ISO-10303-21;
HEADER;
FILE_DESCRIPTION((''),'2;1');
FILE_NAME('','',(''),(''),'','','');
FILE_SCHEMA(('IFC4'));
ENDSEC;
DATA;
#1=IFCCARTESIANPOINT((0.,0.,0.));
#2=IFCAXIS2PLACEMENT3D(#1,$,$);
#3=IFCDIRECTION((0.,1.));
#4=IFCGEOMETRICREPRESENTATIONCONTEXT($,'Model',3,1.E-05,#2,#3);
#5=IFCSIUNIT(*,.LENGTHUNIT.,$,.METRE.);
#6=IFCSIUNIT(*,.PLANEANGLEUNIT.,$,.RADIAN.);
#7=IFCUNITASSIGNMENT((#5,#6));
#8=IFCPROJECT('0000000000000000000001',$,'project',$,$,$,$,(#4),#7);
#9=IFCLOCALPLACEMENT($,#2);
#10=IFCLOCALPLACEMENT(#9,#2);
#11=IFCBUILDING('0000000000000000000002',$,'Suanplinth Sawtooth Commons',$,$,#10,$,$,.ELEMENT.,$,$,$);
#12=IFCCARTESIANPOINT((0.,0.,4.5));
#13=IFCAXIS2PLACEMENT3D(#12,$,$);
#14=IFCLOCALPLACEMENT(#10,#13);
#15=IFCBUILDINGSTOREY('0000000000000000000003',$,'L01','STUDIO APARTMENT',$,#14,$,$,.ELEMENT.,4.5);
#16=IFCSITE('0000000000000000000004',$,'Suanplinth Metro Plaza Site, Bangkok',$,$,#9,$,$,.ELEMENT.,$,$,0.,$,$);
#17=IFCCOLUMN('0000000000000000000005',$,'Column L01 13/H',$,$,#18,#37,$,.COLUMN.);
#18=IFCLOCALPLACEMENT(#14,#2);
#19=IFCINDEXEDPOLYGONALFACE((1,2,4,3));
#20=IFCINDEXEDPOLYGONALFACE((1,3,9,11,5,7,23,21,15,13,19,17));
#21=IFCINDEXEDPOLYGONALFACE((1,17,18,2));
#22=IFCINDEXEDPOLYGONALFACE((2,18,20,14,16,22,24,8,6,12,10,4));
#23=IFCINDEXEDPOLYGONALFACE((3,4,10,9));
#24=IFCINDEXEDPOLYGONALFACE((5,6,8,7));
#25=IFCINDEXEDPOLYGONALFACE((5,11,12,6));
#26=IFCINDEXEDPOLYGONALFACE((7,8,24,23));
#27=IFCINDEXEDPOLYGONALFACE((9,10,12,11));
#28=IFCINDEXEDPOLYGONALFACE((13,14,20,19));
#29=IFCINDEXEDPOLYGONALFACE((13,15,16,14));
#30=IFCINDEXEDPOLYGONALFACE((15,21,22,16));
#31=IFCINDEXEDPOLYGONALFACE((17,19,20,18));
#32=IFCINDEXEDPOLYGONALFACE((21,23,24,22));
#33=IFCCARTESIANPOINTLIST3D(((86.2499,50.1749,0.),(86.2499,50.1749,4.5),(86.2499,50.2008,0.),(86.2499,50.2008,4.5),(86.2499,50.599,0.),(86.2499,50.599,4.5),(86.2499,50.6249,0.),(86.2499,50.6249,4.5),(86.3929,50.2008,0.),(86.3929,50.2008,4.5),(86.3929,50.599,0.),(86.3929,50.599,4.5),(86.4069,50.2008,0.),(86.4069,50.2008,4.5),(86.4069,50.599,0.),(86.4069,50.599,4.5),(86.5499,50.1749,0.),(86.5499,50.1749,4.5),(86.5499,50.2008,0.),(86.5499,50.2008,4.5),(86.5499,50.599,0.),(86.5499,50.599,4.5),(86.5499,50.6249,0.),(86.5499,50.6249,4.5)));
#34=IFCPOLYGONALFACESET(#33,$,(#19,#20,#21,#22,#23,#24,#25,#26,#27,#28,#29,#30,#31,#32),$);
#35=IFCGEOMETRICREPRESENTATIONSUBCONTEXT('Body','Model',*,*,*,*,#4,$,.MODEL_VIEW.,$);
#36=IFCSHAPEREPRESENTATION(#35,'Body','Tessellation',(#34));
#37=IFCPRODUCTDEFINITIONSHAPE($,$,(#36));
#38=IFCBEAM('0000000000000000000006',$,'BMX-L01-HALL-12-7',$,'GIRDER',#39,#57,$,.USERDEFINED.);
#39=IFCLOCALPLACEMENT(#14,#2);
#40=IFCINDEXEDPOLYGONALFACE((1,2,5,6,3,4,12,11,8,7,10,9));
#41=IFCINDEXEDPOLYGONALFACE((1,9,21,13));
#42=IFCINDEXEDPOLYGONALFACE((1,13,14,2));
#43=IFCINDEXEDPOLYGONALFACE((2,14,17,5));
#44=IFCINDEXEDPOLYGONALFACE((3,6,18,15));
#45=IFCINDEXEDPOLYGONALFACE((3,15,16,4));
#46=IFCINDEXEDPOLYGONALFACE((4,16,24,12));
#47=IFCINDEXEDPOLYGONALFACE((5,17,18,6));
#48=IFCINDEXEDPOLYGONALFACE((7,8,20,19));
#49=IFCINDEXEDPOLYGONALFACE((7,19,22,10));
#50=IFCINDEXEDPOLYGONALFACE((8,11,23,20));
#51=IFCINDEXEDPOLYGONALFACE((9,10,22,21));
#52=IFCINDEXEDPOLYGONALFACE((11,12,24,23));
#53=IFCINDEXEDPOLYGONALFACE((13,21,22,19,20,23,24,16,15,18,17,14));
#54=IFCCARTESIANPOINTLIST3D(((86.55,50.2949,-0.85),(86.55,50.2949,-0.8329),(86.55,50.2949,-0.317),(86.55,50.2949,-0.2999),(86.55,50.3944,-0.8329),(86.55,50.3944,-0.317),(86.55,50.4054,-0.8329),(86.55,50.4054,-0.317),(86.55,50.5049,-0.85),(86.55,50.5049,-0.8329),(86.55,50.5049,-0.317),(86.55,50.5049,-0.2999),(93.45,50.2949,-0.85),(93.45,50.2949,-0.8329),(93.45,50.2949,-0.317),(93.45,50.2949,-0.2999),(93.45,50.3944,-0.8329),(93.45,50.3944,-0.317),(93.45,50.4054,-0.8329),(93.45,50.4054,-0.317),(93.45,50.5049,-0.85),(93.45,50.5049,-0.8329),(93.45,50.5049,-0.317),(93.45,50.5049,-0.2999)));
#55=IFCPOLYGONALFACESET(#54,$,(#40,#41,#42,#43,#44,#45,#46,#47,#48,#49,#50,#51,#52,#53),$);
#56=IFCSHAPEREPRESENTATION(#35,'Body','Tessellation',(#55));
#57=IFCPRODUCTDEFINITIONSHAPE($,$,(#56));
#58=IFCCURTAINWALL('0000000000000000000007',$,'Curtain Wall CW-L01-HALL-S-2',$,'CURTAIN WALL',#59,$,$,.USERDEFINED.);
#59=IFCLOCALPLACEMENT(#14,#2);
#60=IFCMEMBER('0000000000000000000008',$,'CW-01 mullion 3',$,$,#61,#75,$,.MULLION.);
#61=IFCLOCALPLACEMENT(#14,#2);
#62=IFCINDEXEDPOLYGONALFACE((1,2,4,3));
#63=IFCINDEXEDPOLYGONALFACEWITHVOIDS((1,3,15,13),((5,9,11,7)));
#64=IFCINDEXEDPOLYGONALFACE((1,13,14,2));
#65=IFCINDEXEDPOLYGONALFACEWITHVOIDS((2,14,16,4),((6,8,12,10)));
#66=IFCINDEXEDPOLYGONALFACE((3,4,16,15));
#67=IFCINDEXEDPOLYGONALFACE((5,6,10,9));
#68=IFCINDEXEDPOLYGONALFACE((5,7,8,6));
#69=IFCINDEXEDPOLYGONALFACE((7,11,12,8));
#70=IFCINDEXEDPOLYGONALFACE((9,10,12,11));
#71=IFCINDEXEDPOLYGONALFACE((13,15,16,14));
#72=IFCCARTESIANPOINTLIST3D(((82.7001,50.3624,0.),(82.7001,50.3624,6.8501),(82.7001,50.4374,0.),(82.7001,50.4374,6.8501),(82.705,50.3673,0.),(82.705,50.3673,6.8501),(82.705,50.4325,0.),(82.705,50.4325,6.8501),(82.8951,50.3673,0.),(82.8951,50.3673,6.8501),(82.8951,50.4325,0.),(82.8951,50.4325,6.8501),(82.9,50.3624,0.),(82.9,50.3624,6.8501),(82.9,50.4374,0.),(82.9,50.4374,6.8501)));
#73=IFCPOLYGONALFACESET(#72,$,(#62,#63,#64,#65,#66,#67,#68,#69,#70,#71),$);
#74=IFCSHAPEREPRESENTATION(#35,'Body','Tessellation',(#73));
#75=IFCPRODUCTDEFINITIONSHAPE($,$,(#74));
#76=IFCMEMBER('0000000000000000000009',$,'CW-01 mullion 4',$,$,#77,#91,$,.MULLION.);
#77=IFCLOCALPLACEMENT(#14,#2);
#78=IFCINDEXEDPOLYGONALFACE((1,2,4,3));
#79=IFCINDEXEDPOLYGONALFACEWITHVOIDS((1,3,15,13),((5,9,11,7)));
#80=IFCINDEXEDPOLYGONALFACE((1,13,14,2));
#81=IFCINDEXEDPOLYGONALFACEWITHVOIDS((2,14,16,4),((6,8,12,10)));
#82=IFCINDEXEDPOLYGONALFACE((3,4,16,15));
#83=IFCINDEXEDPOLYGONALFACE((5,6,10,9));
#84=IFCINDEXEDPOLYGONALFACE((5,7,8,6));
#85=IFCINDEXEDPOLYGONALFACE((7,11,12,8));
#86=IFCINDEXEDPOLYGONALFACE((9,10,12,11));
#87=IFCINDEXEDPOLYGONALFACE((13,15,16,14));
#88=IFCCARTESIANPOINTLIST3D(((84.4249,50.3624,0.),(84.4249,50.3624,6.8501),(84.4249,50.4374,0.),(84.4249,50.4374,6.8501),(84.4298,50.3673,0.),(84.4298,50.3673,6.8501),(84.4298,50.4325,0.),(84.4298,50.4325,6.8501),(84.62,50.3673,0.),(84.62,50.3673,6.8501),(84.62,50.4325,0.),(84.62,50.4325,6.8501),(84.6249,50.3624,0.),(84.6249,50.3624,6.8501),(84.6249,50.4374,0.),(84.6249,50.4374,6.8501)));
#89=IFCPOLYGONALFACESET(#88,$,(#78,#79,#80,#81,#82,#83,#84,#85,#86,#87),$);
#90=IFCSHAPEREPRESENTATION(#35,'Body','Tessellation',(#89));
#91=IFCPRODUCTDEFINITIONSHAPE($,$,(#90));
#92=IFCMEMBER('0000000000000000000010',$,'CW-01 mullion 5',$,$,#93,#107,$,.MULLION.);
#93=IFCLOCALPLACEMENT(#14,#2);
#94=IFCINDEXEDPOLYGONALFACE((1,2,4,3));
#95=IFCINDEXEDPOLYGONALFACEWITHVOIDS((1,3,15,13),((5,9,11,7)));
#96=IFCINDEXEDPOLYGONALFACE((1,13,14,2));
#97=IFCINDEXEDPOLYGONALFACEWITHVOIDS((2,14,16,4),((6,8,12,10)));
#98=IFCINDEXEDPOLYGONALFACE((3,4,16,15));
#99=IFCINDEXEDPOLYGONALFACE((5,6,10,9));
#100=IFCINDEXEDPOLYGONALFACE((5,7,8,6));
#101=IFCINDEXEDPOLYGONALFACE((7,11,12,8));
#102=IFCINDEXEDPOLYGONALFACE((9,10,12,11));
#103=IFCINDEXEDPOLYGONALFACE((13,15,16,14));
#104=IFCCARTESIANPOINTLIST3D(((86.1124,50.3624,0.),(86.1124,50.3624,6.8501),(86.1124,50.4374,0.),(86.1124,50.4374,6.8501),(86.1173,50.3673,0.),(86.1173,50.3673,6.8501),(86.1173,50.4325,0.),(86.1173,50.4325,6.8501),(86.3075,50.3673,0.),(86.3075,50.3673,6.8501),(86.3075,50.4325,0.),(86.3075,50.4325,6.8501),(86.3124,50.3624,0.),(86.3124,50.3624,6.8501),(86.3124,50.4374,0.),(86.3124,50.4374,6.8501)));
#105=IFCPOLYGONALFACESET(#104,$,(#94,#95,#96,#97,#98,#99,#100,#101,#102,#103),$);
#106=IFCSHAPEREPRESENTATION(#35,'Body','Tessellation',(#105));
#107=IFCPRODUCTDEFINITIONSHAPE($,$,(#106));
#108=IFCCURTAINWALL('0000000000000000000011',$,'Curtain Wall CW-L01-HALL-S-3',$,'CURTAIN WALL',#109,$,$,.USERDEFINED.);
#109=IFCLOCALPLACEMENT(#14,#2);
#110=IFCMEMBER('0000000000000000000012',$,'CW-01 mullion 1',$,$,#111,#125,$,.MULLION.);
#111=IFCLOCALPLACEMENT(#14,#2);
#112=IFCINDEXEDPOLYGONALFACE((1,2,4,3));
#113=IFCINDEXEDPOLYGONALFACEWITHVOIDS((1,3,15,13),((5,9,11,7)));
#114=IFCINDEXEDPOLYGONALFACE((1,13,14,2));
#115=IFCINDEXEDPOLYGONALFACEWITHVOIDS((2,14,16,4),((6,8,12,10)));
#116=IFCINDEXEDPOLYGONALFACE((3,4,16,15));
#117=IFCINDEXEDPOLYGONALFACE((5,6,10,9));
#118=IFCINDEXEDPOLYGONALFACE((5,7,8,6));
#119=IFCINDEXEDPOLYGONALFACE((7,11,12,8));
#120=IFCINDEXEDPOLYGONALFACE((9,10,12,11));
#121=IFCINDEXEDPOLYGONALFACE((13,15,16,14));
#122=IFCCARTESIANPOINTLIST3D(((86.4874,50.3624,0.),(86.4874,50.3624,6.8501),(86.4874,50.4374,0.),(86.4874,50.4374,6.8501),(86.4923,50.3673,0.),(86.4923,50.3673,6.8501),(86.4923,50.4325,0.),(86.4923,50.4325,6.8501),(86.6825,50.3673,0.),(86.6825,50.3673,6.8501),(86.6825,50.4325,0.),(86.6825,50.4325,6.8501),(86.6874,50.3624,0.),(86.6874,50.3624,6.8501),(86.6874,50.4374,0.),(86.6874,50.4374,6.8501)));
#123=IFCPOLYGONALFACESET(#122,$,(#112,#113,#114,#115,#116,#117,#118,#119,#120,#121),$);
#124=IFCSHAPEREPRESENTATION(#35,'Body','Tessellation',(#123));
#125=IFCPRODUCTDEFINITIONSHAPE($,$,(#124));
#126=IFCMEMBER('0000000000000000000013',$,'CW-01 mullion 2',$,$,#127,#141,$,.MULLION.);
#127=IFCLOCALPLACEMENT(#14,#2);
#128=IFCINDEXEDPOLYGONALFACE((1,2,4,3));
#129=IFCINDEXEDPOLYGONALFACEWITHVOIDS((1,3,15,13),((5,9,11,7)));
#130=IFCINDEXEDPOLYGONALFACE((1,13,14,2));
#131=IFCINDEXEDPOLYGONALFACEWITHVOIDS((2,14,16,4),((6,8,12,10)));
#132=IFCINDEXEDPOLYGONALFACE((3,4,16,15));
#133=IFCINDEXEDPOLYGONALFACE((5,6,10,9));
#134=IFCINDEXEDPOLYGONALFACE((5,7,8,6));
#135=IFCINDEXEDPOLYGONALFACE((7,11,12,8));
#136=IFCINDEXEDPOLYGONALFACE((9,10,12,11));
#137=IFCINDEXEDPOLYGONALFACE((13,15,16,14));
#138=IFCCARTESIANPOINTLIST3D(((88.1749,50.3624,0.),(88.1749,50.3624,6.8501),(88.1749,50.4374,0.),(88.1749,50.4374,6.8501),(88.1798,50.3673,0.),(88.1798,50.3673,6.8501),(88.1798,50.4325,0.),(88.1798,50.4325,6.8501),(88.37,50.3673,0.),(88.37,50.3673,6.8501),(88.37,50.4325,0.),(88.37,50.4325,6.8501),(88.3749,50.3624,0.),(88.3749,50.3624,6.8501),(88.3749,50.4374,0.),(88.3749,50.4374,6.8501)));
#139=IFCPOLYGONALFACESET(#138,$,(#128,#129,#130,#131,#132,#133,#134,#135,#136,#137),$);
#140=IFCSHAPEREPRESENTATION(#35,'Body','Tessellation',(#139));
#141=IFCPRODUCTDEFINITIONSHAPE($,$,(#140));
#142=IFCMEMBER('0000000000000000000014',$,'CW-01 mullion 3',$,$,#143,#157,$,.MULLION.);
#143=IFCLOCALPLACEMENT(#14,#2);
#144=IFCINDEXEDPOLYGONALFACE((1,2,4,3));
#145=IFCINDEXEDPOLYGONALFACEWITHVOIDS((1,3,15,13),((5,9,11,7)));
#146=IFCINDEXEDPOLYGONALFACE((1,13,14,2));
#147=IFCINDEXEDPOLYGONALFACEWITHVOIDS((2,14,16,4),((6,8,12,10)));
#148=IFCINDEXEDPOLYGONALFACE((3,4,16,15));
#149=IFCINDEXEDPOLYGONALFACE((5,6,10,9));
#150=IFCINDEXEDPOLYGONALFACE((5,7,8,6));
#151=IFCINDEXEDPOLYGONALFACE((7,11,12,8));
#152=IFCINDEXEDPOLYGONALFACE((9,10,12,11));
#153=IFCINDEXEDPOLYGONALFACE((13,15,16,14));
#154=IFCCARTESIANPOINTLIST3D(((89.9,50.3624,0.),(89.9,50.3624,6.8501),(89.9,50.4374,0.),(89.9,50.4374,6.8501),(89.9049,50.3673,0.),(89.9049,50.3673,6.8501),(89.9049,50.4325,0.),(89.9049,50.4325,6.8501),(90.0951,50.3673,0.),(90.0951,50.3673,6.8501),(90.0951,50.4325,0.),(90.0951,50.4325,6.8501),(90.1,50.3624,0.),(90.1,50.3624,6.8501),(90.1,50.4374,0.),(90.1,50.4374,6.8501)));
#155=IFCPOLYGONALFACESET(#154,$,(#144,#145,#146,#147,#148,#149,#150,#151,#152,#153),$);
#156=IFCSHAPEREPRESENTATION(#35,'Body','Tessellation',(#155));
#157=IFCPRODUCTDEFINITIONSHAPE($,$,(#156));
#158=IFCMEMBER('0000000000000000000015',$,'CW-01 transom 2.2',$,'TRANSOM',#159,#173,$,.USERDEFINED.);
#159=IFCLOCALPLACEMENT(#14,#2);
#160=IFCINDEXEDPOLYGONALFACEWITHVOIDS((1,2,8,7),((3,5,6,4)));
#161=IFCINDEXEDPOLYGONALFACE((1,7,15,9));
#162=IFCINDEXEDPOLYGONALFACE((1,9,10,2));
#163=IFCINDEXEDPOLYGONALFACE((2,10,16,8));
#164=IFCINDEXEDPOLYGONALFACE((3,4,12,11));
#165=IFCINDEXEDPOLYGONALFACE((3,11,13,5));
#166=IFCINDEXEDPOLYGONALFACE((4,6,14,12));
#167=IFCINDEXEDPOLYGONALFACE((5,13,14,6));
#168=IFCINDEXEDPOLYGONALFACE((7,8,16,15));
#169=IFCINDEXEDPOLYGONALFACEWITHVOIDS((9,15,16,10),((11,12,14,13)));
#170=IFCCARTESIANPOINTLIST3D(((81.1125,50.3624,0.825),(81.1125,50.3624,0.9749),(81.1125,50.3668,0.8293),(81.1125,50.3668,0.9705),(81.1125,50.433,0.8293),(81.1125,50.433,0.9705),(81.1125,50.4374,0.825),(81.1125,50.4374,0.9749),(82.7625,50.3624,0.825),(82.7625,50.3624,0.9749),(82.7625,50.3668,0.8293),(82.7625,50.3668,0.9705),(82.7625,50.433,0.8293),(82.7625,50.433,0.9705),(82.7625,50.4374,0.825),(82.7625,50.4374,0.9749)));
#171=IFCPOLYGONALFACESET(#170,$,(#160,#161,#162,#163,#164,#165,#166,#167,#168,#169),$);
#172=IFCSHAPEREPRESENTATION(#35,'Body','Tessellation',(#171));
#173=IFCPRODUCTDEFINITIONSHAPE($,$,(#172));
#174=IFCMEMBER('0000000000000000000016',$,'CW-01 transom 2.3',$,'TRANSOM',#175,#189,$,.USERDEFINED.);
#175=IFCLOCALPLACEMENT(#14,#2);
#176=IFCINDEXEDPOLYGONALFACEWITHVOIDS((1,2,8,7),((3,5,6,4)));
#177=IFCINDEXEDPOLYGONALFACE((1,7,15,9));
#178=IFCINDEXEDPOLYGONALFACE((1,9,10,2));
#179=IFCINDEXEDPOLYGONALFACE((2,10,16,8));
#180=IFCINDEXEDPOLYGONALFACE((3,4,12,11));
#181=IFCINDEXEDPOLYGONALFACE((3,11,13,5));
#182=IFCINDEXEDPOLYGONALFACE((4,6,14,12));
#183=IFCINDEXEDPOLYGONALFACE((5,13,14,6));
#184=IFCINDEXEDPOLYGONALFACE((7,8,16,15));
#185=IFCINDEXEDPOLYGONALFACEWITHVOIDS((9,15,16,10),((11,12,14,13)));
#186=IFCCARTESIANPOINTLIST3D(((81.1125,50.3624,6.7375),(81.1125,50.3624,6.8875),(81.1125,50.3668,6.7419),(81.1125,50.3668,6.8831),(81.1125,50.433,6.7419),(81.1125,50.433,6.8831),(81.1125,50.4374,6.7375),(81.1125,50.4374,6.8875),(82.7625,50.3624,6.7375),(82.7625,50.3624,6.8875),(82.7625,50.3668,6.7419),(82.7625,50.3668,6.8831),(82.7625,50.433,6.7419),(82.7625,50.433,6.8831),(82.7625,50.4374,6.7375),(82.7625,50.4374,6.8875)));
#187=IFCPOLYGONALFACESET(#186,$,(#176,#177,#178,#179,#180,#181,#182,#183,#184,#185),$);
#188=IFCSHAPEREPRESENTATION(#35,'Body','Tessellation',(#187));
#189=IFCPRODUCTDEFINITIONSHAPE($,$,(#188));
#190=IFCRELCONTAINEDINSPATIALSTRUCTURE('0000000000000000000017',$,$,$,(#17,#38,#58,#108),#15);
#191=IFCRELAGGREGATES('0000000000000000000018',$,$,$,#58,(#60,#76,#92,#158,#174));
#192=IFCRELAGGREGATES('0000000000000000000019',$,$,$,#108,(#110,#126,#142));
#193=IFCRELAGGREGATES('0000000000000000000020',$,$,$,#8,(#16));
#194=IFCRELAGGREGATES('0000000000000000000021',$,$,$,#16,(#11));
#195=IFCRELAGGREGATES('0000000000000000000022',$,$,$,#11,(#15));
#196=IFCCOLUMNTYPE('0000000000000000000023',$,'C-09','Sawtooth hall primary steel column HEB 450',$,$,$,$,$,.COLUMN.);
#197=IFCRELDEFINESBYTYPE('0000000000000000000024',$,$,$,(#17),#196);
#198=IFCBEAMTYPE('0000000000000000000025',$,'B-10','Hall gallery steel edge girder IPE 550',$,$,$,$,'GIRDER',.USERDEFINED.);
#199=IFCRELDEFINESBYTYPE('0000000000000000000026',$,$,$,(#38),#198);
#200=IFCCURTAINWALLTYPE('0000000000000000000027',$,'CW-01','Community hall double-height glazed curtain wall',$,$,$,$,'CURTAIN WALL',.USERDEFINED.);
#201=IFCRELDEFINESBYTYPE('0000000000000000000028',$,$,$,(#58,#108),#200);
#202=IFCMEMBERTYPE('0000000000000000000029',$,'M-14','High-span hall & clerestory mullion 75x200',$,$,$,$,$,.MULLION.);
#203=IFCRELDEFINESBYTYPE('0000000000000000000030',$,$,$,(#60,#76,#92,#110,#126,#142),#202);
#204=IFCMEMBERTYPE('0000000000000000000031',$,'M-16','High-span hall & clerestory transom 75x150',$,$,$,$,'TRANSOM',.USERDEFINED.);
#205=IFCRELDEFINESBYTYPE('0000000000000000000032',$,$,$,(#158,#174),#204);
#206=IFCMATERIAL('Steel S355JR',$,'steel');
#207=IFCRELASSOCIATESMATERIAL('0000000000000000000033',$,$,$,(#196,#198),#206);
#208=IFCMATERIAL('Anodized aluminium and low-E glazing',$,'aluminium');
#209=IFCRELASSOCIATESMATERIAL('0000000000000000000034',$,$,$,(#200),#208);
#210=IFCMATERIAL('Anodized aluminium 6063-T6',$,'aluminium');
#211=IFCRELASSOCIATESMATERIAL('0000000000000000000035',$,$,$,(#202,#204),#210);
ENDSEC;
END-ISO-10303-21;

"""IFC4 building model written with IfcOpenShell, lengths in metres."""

from ifc_helpers import new_model, si_unit, direction, frame, origin, origin_2d, place, context, subcontext, project, spatial, hollow_rectangle, i_section, extrude, material, material_profile, profile_set, type_object, element, aggregate, save


model = new_model("IFC4")

# Units and contexts
model_context = context("Model", 3, precision=1e-05, world=origin(), true_north=direction((0.0, 1.0)))
body_context = subcontext(model_context, "Body", "Model", "MODEL_VIEW")
ifc_project = project(units=[si_unit("LENGTHUNIT", "METRE"), si_unit("PLANEANGLEUNIT", "RADIAN")], contexts=[model_context])

# Site, building, storey
site_placement = place(None, origin())
site = spatial("IfcSite", under=ifc_project, at=site_placement, Name="Suanplinth Metro Plaza Site, Bangkok", CompositionType="ELEMENT", RefElevation=0.0)
building_placement = place(site_placement, origin())
building = spatial("IfcBuilding", under=site, at=building_placement, Name="Suanplinth Sawtooth Commons", CompositionType="ELEMENT")
storey_placement = place(building_placement, frame((0.0, 0.0, 4.5)))
storey = spatial("IfcBuildingStorey", under=building, at=storey_placement, Name="L01", Description="STUDIO APARTMENT", CompositionType="ELEMENT", Elevation=4.5)

# Column
ifc_material_1 = material(Name="Steel S355JR", Category="steel")
ifc_material_profile_1 = material_profile(ifc_material_1, i_section(OverallWidth=0.3, OverallDepth=0.45, WebThickness=0.0139, FlangeThickness=0.0259, at=origin_2d()), Name="HEB 450")
ifc_profile_set_1 = profile_set([ifc_material_profile_1], Name="Steel S355JR")
column_type = type_object("IfcColumnType", Name="C-09", Description="Sawtooth hall primary steel column HEB 450", PredefinedType="COLUMN", material=ifc_profile_set_1)
column_placement = place(storey_placement, frame((86.3999, 50.3999, 0.0), z_axis=(0.0, 0.0, 1.0), x_axis=(1.0, 0.0, 0.0)))
element("IfcColumn", 1, at=column_placement, inside=storey, type_object=column_type, Name="Column L01 13/H", PredefinedType="COLUMN", context=body_context, shape_type="SweptSolid", body=[
    extrude(i_section(OverallWidth=0.3, OverallDepth=0.45, WebThickness=0.0139, FlangeThickness=0.0259, at=origin_2d()), origin(), (0.0, 0.0, 1.0), 4.5),
])

# Beam
ifc_material_profile_2 = material_profile(ifc_material_1, i_section(OverallWidth=0.21, OverallDepth=0.55, WebThickness=0.011, FlangeThickness=0.0171, at=origin_2d()), Name="IPE 550")
ifc_profile_set_2 = profile_set([ifc_material_profile_2], Name="Steel S355JR")
beam_type = type_object("IfcBeamType", Name="B-10", Description="Hall gallery steel edge girder IPE 550", ElementType="GIRDER", PredefinedType="USERDEFINED", material=ifc_profile_set_2)
beam_placement = place(storey_placement, frame((86.55, 50.3999, -0.575), z_axis=(1.0, 0.0, 0.0), x_axis=(0.0, 1.0, 0.0)))
element("IfcBeam", 2, at=beam_placement, inside=storey, type_object=beam_type, Name="BMX-L01-HALL-12-7", ObjectType="GIRDER", PredefinedType="USERDEFINED", context=body_context, shape_type="SweptSolid", body=[
    extrude(i_section(OverallWidth=0.21, OverallDepth=0.55, WebThickness=0.011, FlangeThickness=0.0171, at=origin_2d()), origin(), (0.0, 0.0, 1.0), 6.8999),
])

# Curtain walls, members
ifc_material_2 = material(Name="Anodized aluminium and low-E glazing", Category="aluminium")
curtain_wall_type = type_object("IfcCurtainWallType", Name="CW-01", Description="Community hall double-height glazed curtain wall", ElementType="CURTAIN WALL", PredefinedType="USERDEFINED", material=ifc_material_2)
curtain_wall_1_placement = place(storey_placement, origin())
curtain_wall_1 = element("IfcCurtainWall", 3, at=curtain_wall_1_placement, inside=storey, type_object=curtain_wall_type, Name="Curtain Wall CW-L01-HALL-S-2", ObjectType="CURTAIN WALL", PredefinedType="USERDEFINED")
ifc_material_3 = material(Name="Anodized aluminium 6063-T6", Category="aluminium")
ifc_material_profile_3 = material_profile(ifc_material_3, hollow_rectangle(XDim=0.075, YDim=0.2, WallThickness=0.0049, at=origin_2d()), Name="ALU-MUL 75x200")
ifc_profile_set_3 = profile_set([ifc_material_profile_3], Name="Anodized aluminium 6063-T6")
member_type_1 = type_object("IfcMemberType", Name="M-14", Description="High-span hall & clerestory mullion 75x200", PredefinedType="MULLION", material=ifc_profile_set_3)
member_1_placement = place(storey_placement, frame((82.8, 50.3999, 0.0), z_axis=(0.0, 0.0, 1.0), x_axis=(0.0, 1.0, 0.0)))
member_1 = element("IfcMember", 4, at=member_1_placement, type_object=member_type_1, Name="CW-01 mullion 3", PredefinedType="MULLION", context=body_context, shape_type="SweptSolid", body=[
    extrude(hollow_rectangle(XDim=0.075, YDim=0.2, WallThickness=0.0049, at=origin_2d()), origin(), (0.0, 0.0, 1.0), 6.8501),
])
member_2_placement = place(storey_placement, frame((84.5249, 50.3999, 0.0), z_axis=(0.0, 0.0, 1.0), x_axis=(0.0, 1.0, 0.0)))
member_2 = element("IfcMember", 5, at=member_2_placement, type_object=member_type_1, Name="CW-01 mullion 4", PredefinedType="MULLION", context=body_context, shape_type="SweptSolid", body=[
    extrude(hollow_rectangle(XDim=0.075, YDim=0.2, WallThickness=0.0049, at=origin_2d()), origin(), (0.0, 0.0, 1.0), 6.8501),
])
member_3_placement = place(storey_placement, frame((86.2124, 50.3999, 0.0), z_axis=(0.0, 0.0, 1.0), x_axis=(0.0, 1.0, 0.0)))
member_3 = element("IfcMember", 6, at=member_3_placement, type_object=member_type_1, Name="CW-01 mullion 5", PredefinedType="MULLION", context=body_context, shape_type="SweptSolid", body=[
    extrude(hollow_rectangle(XDim=0.075, YDim=0.2, WallThickness=0.0049, at=origin_2d()), origin(), (0.0, 0.0, 1.0), 6.8501),
])
curtain_wall_2_placement = place(storey_placement, origin())
curtain_wall_2 = element("IfcCurtainWall", 7, at=curtain_wall_2_placement, inside=storey, type_object=curtain_wall_type, Name="Curtain Wall CW-L01-HALL-S-3", ObjectType="CURTAIN WALL", PredefinedType="USERDEFINED")
member_4_placement = place(storey_placement, frame((86.5874, 50.3999, 0.0), z_axis=(0.0, 0.0, 1.0), x_axis=(0.0, 1.0, 0.0)))
member_4 = element("IfcMember", 8, at=member_4_placement, type_object=member_type_1, Name="CW-01 mullion 1", PredefinedType="MULLION", context=body_context, shape_type="SweptSolid", body=[
    extrude(hollow_rectangle(XDim=0.075, YDim=0.2, WallThickness=0.0049, at=origin_2d()), origin(), (0.0, 0.0, 1.0), 6.8501),
])
member_5_placement = place(storey_placement, frame((88.2749, 50.3999, 0.0), z_axis=(0.0, 0.0, 1.0), x_axis=(0.0, 1.0, 0.0)))
member_5 = element("IfcMember", 9, at=member_5_placement, type_object=member_type_1, Name="CW-01 mullion 2", PredefinedType="MULLION", context=body_context, shape_type="SweptSolid", body=[
    extrude(hollow_rectangle(XDim=0.075, YDim=0.2, WallThickness=0.0049, at=origin_2d()), origin(), (0.0, 0.0, 1.0), 6.8501),
])
member_6_placement = place(storey_placement, frame((90.0, 50.3999, 0.0), z_axis=(0.0, 0.0, 1.0), x_axis=(0.0, 1.0, 0.0)))
member_6 = element("IfcMember", 10, at=member_6_placement, type_object=member_type_1, Name="CW-01 mullion 3", PredefinedType="MULLION", context=body_context, shape_type="SweptSolid", body=[
    extrude(hollow_rectangle(XDim=0.075, YDim=0.2, WallThickness=0.0049, at=origin_2d()), origin(), (0.0, 0.0, 1.0), 6.8501),
])

# Members
ifc_material_profile_4 = material_profile(ifc_material_3, hollow_rectangle(XDim=0.075, YDim=0.1499, WallThickness=0.0044, at=origin_2d()), Name="ALU-TRN 75x150")
ifc_profile_set_4 = profile_set([ifc_material_profile_4], Name="Anodized aluminium 6063-T6")
member_type_2 = type_object("IfcMemberType", Name="M-16", Description="High-span hall & clerestory transom 75x150", ElementType="TRANSOM", PredefinedType="USERDEFINED", material=ifc_profile_set_4)
member_7_placement = place(storey_placement, frame((81.1125, 50.3999, 0.8999), z_axis=(1.0, 0.0, 0.0), x_axis=(0.0, 1.0, 0.0)))
member_7 = element("IfcMember", 11, at=member_7_placement, type_object=member_type_2, Name="CW-01 transom 2.2", ObjectType="TRANSOM", PredefinedType="USERDEFINED", context=body_context, shape_type="SweptSolid", body=[
    extrude(hollow_rectangle(XDim=0.075, YDim=0.1499, WallThickness=0.0044, at=origin_2d()), origin(), (0.0, 0.0, 1.0), 1.6499),
])
member_8_placement = place(storey_placement, frame((81.1125, 50.3999, 6.8125), z_axis=(1.0, 0.0, 0.0), x_axis=(0.0, 1.0, 0.0)))
member_8 = element("IfcMember", 12, at=member_8_placement, type_object=member_type_2, Name="CW-01 transom 2.3", ObjectType="TRANSOM", PredefinedType="USERDEFINED", context=body_context, shape_type="SweptSolid", body=[
    extrude(hollow_rectangle(XDim=0.075, YDim=0.1499, WallThickness=0.0044, at=origin_2d()), origin(), (0.0, 0.0, 1.0), 1.6499),
])

aggregate(curtain_wall_1, [member_1, member_2, member_3, member_7, member_8])
aggregate(curtain_wall_2, [member_4, member_5, member_6])

save(model, "model.ifc")
